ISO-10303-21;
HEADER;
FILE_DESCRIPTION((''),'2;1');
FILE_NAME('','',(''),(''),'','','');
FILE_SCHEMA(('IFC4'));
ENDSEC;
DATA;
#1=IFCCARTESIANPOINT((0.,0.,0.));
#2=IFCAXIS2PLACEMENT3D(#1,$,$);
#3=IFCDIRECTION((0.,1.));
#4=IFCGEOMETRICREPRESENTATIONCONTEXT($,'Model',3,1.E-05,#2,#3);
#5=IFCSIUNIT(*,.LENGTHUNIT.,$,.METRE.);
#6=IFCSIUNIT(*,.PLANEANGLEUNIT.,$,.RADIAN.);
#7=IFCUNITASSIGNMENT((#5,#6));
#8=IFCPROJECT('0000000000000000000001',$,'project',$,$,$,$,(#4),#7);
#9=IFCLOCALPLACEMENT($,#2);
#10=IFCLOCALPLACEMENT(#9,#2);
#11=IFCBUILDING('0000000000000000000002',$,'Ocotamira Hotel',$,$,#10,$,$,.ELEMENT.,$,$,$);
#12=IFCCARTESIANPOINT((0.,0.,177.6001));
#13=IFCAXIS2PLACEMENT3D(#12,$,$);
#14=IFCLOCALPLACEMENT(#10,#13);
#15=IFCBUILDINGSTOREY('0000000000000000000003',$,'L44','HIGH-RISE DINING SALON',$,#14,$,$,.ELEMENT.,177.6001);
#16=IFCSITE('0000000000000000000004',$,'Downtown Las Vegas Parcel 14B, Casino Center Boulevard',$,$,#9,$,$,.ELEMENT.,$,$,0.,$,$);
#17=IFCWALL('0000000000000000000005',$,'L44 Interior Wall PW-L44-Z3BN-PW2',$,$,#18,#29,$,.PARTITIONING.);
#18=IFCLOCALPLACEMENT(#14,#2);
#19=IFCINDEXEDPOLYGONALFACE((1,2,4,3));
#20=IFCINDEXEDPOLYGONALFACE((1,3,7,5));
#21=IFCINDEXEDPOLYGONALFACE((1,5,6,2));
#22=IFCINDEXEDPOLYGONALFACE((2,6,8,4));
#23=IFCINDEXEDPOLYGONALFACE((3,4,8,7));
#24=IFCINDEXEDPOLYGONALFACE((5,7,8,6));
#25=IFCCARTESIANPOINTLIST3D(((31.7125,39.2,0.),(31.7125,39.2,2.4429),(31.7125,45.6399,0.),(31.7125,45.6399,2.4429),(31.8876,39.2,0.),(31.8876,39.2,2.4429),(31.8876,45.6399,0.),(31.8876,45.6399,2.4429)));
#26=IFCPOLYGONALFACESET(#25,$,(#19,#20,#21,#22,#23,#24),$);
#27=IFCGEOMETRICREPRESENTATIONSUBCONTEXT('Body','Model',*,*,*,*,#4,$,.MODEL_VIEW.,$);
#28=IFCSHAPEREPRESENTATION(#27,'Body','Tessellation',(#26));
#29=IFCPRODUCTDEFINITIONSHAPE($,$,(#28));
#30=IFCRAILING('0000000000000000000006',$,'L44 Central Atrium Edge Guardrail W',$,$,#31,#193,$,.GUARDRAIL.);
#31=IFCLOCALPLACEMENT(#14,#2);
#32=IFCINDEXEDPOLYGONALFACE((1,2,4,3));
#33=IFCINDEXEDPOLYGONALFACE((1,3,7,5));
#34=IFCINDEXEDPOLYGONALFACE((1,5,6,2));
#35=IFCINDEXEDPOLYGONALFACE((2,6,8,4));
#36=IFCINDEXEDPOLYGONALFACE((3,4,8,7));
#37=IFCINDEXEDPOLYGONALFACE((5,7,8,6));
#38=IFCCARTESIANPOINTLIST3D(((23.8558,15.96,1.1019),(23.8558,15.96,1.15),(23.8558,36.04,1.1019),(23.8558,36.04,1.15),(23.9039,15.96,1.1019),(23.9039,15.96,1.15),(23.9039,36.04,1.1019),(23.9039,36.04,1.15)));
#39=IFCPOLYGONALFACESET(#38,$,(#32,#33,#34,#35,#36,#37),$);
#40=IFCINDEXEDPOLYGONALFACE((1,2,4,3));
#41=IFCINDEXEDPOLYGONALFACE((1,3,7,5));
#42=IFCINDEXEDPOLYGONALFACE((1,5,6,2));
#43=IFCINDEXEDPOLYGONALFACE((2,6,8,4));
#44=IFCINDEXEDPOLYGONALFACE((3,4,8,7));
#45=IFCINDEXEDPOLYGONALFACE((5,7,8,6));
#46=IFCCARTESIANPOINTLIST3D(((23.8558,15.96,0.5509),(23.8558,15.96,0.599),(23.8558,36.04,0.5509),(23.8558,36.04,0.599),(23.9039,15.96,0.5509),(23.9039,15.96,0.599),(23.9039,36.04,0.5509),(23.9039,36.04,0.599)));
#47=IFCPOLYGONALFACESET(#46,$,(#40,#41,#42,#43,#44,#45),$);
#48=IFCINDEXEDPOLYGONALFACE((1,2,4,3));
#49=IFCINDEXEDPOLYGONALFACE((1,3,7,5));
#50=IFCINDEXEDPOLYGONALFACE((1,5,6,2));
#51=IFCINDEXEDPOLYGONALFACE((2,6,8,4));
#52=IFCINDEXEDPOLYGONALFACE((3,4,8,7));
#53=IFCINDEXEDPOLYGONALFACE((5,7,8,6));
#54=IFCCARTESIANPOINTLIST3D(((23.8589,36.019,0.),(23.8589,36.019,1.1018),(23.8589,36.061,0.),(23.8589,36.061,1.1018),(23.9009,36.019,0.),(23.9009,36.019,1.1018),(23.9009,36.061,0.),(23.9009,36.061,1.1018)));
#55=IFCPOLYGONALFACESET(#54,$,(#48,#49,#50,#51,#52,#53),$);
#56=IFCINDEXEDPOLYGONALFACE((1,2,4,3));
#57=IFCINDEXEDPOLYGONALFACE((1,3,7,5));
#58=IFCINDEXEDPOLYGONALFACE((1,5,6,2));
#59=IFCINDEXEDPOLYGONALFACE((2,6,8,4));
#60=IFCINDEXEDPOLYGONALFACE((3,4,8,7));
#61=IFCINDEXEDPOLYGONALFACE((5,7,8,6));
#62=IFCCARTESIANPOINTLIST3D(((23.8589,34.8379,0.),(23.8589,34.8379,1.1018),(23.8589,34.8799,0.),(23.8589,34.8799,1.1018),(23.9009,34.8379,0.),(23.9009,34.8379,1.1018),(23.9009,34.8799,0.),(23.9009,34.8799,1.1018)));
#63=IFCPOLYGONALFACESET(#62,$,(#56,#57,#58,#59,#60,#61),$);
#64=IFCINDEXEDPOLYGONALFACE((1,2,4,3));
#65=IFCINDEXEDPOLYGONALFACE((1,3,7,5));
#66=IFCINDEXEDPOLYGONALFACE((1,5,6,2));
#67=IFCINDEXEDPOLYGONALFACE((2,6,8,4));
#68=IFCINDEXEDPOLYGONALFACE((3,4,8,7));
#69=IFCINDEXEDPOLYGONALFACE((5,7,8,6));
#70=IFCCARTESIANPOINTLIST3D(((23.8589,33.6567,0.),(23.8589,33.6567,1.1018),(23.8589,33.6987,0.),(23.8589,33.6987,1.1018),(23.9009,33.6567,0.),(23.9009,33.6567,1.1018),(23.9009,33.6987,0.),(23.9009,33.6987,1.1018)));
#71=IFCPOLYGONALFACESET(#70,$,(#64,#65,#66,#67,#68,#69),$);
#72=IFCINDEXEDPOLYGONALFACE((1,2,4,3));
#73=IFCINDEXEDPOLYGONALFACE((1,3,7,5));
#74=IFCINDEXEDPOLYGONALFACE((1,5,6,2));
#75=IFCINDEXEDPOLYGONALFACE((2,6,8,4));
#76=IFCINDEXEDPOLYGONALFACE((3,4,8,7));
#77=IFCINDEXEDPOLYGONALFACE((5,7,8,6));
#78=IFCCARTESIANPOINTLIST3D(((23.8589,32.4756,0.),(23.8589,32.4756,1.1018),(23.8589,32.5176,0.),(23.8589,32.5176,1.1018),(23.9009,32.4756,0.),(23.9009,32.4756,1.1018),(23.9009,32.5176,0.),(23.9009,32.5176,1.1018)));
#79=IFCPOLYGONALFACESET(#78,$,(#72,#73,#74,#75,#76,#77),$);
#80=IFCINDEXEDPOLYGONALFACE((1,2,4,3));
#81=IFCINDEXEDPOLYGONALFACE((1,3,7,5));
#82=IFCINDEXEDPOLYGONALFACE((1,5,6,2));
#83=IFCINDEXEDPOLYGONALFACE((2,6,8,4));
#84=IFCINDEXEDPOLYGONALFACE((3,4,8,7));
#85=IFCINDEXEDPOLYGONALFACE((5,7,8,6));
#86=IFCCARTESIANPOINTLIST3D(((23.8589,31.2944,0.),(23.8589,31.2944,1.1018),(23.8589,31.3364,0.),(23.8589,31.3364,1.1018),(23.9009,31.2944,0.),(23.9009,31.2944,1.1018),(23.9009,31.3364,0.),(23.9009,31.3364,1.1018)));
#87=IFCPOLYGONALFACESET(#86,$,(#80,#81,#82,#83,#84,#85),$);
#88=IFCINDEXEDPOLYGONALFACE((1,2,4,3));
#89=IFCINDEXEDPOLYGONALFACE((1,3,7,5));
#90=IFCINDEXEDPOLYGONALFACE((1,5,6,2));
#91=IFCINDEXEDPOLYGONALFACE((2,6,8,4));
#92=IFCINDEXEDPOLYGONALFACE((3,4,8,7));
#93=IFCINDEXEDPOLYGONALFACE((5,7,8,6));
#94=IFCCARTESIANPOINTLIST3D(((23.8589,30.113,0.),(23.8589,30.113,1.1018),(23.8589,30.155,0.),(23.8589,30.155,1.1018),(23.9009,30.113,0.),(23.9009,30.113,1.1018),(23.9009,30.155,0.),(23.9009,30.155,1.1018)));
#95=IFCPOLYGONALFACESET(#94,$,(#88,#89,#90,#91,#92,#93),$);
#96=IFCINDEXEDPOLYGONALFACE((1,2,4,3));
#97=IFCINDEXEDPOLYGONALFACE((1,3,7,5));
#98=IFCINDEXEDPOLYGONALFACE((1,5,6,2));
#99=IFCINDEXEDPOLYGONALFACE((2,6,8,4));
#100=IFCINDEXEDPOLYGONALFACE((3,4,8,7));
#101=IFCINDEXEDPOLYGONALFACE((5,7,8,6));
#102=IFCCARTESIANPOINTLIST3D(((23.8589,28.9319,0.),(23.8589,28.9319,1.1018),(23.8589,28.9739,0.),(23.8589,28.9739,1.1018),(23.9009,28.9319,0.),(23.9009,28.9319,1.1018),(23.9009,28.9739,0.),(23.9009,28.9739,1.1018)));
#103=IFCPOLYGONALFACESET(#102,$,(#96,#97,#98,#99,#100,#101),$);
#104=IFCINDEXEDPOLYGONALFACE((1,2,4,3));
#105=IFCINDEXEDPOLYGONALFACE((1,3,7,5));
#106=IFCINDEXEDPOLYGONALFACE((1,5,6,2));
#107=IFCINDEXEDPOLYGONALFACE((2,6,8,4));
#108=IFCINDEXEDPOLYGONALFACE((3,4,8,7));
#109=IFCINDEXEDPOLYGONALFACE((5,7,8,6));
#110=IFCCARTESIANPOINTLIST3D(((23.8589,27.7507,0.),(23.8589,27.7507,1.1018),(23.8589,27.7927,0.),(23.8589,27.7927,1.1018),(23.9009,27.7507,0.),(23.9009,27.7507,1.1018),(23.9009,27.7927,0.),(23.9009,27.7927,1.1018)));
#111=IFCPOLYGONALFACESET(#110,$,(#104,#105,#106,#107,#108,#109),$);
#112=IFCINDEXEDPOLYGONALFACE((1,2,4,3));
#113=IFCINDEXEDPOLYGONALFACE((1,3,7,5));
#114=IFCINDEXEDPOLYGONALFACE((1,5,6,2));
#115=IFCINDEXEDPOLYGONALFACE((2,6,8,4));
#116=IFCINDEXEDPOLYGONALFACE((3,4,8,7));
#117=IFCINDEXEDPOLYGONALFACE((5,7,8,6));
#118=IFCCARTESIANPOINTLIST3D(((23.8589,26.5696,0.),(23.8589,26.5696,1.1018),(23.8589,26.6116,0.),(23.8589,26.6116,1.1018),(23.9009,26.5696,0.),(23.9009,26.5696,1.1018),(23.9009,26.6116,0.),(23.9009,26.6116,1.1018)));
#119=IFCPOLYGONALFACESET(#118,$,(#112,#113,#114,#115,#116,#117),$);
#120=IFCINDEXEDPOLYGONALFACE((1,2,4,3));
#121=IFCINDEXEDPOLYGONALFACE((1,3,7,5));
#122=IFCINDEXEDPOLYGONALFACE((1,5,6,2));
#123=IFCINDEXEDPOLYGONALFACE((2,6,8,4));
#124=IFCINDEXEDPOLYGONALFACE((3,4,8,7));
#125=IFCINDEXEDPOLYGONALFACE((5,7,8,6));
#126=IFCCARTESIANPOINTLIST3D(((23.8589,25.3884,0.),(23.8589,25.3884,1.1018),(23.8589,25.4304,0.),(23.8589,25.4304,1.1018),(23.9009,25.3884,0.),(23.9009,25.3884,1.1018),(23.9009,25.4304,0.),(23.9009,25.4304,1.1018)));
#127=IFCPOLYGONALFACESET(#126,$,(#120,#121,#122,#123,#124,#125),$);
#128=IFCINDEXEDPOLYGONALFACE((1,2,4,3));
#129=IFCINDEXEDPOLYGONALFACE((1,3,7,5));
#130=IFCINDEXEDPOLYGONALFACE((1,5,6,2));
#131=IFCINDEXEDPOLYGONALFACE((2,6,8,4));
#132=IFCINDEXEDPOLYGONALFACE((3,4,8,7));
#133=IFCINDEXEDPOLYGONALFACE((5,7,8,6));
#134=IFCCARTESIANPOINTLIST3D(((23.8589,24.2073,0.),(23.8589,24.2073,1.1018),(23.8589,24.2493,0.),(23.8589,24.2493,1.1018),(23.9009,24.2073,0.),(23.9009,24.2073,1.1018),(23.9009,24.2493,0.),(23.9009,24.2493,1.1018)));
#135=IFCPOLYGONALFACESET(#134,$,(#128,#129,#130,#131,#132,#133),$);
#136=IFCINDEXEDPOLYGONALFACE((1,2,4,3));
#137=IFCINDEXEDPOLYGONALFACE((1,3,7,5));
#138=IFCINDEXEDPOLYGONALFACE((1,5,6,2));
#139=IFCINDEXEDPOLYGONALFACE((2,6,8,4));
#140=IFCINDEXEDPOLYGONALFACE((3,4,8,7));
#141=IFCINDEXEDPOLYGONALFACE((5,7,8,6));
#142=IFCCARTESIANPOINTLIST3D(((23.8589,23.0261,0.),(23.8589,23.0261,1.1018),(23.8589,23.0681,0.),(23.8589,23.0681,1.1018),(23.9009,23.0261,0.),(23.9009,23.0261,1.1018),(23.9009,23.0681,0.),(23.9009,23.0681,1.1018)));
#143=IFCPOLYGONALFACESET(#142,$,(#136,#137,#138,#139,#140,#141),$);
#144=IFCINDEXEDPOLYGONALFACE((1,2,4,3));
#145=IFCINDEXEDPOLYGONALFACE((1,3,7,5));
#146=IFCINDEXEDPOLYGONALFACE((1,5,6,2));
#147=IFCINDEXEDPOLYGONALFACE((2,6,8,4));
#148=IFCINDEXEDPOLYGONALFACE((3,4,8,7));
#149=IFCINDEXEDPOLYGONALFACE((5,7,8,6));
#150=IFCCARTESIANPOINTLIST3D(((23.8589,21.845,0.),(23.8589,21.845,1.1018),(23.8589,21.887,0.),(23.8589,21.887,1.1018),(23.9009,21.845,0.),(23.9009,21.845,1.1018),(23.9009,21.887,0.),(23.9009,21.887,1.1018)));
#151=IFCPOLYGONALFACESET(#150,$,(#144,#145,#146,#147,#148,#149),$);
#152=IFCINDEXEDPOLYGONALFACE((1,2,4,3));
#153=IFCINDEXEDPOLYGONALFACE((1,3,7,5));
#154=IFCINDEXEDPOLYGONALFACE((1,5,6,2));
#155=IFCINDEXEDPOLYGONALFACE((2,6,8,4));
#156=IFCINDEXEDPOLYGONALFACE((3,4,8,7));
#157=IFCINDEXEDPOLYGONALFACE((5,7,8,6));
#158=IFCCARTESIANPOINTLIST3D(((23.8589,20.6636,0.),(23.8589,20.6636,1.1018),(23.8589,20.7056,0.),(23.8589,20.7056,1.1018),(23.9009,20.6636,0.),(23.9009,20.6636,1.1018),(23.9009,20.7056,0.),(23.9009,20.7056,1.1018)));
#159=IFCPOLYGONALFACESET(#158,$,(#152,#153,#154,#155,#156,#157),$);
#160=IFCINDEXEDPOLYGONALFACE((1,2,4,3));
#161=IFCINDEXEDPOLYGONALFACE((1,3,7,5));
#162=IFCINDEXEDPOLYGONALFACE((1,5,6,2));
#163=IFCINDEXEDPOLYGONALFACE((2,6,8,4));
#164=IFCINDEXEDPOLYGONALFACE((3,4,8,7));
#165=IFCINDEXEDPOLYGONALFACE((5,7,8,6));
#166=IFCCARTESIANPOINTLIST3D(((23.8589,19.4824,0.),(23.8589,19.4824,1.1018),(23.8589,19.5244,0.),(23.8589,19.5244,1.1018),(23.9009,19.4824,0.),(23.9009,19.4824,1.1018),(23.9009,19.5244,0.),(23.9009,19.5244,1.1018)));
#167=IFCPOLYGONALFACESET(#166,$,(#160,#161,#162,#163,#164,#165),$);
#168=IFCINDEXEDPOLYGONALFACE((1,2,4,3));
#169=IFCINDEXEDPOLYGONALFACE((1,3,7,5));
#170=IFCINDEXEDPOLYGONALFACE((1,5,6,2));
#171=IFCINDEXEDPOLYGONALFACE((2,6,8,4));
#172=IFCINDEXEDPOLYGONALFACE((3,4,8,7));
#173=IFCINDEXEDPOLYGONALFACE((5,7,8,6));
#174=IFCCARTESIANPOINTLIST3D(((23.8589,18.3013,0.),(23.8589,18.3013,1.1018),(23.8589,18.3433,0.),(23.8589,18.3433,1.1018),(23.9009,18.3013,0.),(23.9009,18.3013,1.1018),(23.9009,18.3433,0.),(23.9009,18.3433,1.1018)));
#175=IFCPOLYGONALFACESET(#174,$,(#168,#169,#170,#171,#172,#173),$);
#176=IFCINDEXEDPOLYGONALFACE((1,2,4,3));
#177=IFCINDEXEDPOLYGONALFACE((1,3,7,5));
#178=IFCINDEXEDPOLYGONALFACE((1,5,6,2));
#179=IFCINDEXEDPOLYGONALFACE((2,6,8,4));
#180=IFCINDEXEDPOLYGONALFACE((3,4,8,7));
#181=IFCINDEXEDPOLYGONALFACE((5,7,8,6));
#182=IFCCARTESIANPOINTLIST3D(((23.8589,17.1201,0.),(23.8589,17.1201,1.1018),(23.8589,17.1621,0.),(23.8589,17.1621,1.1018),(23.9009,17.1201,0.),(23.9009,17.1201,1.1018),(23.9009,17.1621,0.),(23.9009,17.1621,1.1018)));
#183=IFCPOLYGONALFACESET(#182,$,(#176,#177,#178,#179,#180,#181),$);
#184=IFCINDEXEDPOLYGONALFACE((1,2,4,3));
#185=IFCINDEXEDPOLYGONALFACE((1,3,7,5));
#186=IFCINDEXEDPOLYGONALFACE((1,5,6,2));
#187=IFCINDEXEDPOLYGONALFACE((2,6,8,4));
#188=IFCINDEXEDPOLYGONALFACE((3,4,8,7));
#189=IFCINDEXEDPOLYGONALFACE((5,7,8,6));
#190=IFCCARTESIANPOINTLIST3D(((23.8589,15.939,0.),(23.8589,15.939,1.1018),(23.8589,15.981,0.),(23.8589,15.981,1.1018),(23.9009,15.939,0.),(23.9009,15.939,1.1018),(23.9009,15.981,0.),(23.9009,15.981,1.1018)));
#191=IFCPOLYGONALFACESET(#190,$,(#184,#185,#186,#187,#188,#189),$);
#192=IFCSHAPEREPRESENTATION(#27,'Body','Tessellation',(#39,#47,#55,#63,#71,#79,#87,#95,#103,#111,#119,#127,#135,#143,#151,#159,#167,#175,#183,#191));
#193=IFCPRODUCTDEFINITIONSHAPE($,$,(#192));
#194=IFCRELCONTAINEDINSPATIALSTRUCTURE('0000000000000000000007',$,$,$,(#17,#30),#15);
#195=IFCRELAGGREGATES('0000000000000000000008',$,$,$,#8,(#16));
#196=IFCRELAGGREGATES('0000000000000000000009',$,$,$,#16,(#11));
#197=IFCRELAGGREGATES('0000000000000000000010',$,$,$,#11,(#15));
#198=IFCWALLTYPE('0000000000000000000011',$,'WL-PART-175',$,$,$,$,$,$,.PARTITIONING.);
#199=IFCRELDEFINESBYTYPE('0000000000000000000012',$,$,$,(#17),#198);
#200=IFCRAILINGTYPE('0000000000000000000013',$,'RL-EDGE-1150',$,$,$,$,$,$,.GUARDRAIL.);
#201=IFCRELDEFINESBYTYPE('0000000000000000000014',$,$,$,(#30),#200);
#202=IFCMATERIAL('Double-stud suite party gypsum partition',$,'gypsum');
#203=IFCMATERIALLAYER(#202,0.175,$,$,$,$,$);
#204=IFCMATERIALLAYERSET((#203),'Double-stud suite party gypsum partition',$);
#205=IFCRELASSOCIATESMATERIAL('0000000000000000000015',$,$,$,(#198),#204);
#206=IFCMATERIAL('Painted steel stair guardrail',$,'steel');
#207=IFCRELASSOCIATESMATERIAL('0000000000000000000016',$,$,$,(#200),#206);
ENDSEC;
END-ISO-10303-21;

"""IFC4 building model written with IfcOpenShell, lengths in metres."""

from ifc_helpers import new_model, si_unit, direction, frame, frame_2d, origin, origin_2d, place, context, subcontext, project, spatial, rectangle, extrude, material, layer, layer_set, type_object, element, save


model = new_model("IFC4")

# Units and contexts
model_context = context("Model", 3, precision=1e-05, world=origin(), true_north=direction((0.0, 1.0)))
body_context = subcontext(model_context, "Body", "Model", "MODEL_VIEW")
ifc_project = project(units=[si_unit("LENGTHUNIT", "METRE"), si_unit("PLANEANGLEUNIT", "RADIAN")], contexts=[model_context])

# Site, building, storey
site_placement = place(None, origin())
site = spatial("IfcSite", under=ifc_project, at=site_placement, Name="Downtown Las Vegas Parcel 14B, Casino Center Boulevard", CompositionType="ELEMENT", RefElevation=0.0)
building_placement = place(site_placement, origin())
building = spatial("IfcBuilding", under=site, at=building_placement, Name="Ocotamira Hotel", CompositionType="ELEMENT")
storey_placement = place(building_placement, frame((0.0, 0.0, 177.6001)))
storey = spatial("IfcBuildingStorey", under=building, at=storey_placement, Name="L44", Description="HIGH-RISE DINING SALON", CompositionType="ELEMENT", Elevation=177.6001)

# Wall
ifc_material_1 = material(Name="Double-stud suite party gypsum partition", Category="gypsum")
ifc_layer_1 = layer(ifc_material_1, 0.175)
ifc_layer_set_1 = layer_set([ifc_layer_1], Name="Double-stud suite party gypsum partition")
wall_type_1 = type_object("IfcWallType", Name="WL-PART-175", PredefinedType="PARTITIONING", material=ifc_layer_set_1)
wall_1_placement = place(storey_placement, frame((31.8, 39.2, 0.0), z_axis=(0.0, 0.0, 1.0), x_axis=(0.0, 1.0, 0.0)))
element("IfcWall", 1, at=wall_1_placement, inside=storey, type_object=wall_type_1, Name="L44 Interior Wall PW-L44-Z3BN-PW2", PredefinedType="PARTITIONING", context=body_context, shape_type="SweptSolid", body=[
    extrude(rectangle(XDim=6.4399, YDim=0.175, at=frame_2d((3.22, 0.0))), origin(), (0.0, 0.0, 1.0), 2.4429),
])

# Railing
ifc_material_2 = material(Name="Painted steel stair guardrail", Category="steel")
railing_type = type_object("IfcRailingType", Name="RL-EDGE-1150", PredefinedType="GUARDRAIL", material=ifc_material_2)
railing_placement = place(storey_placement, frame((23.8799, 36.04, 0.0)))
element("IfcRailing", 2, at=railing_placement, inside=storey, type_object=railing_type, Name="L44 Central Atrium Edge Guardrail W", PredefinedType="GUARDRAIL", context=body_context, shape_type="SweptSolid", body=[
    extrude(rectangle(XDim=0.0481, YDim=0.0481, at=origin_2d()), frame((0.0, 0.0, 1.126), z_axis=(0.0, -1.0, 0.0), x_axis=(1.0, 0.0, 0.0)), (0.0, 0.0, 1.0), 20.0801),
    extrude(rectangle(XDim=0.0481, YDim=0.0481, at=origin_2d()), frame((0.0, 0.0, 0.575), z_axis=(0.0, -1.0, 0.0), x_axis=(1.0, 0.0, 0.0)), (0.0, 0.0, 1.0), 20.0801),
    extrude(rectangle(XDim=0.042, YDim=0.042, at=origin_2d()), origin(), (0.0, 0.0, 1.0), 1.1018),
    extrude(rectangle(XDim=0.042, YDim=0.042, at=origin_2d()), frame((0.0, -1.1812, 0.0)), (0.0, 0.0, 1.0), 1.1018),
    extrude(rectangle(XDim=0.042, YDim=0.042, at=origin_2d()), frame((0.0, -2.3623, 0.0)), (0.0, 0.0, 1.0), 1.1018),
    extrude(rectangle(XDim=0.042, YDim=0.042, at=origin_2d()), frame((0.0, -3.5435, 0.0)), (0.0, 0.0, 1.0), 1.1018),
    extrude(rectangle(XDim=0.042, YDim=0.042, at=origin_2d()), frame((0.0, -4.7246, 0.0)), (0.0, 0.0, 1.0), 1.1018),
    extrude(rectangle(XDim=0.042, YDim=0.042, at=origin_2d()), frame((0.0, -5.906, 0.0)), (0.0, 0.0, 1.0), 1.1018),
    extrude(rectangle(XDim=0.042, YDim=0.042, at=origin_2d()), frame((0.0, -7.0872, 0.0)), (0.0, 0.0, 1.0), 1.1018),
    extrude(rectangle(XDim=0.042, YDim=0.042, at=origin_2d()), frame((0.0, -8.2683, 0.0)), (0.0, 0.0, 1.0), 1.1018),
    extrude(rectangle(XDim=0.042, YDim=0.042, at=origin_2d()), frame((0.0, -9.4495, 0.0)), (0.0, 0.0, 1.0), 1.1018),
    extrude(rectangle(XDim=0.042, YDim=0.042, at=origin_2d()), frame((0.0, -10.6306, 0.0)), (0.0, 0.0, 1.0), 1.1018),
    extrude(rectangle(XDim=0.042, YDim=0.042, at=origin_2d()), frame((0.0, -11.8118, 0.0)), (0.0, 0.0, 1.0), 1.1018),
    extrude(rectangle(XDim=0.042, YDim=0.042, at=origin_2d()), frame((0.0, -12.9929, 0.0)), (0.0, 0.0, 1.0), 1.1018),
    extrude(rectangle(XDim=0.042, YDim=0.042, at=origin_2d()), frame((0.0, -14.1741, 0.0)), (0.0, 0.0, 1.0), 1.1018),
    extrude(rectangle(XDim=0.042, YDim=0.042, at=origin_2d()), frame((0.0, -15.3555, 0.0)), (0.0, 0.0, 1.0), 1.1018),
    extrude(rectangle(XDim=0.042, YDim=0.042, at=origin_2d()), frame((0.0, -16.5366, 0.0)), (0.0, 0.0, 1.0), 1.1018),
    extrude(rectangle(XDim=0.042, YDim=0.042, at=origin_2d()), frame((0.0, -17.7178, 0.0)), (0.0, 0.0, 1.0), 1.1018),
    extrude(rectangle(XDim=0.042, YDim=0.042, at=origin_2d()), frame((0.0, -18.8989, 0.0)), (0.0, 0.0, 1.0), 1.1018),
    extrude(rectangle(XDim=0.042, YDim=0.042, at=origin_2d()), frame((0.0, -20.0801, 0.0)), (0.0, 0.0, 1.0), 1.1018),
])

save(model, "model.ifc")
